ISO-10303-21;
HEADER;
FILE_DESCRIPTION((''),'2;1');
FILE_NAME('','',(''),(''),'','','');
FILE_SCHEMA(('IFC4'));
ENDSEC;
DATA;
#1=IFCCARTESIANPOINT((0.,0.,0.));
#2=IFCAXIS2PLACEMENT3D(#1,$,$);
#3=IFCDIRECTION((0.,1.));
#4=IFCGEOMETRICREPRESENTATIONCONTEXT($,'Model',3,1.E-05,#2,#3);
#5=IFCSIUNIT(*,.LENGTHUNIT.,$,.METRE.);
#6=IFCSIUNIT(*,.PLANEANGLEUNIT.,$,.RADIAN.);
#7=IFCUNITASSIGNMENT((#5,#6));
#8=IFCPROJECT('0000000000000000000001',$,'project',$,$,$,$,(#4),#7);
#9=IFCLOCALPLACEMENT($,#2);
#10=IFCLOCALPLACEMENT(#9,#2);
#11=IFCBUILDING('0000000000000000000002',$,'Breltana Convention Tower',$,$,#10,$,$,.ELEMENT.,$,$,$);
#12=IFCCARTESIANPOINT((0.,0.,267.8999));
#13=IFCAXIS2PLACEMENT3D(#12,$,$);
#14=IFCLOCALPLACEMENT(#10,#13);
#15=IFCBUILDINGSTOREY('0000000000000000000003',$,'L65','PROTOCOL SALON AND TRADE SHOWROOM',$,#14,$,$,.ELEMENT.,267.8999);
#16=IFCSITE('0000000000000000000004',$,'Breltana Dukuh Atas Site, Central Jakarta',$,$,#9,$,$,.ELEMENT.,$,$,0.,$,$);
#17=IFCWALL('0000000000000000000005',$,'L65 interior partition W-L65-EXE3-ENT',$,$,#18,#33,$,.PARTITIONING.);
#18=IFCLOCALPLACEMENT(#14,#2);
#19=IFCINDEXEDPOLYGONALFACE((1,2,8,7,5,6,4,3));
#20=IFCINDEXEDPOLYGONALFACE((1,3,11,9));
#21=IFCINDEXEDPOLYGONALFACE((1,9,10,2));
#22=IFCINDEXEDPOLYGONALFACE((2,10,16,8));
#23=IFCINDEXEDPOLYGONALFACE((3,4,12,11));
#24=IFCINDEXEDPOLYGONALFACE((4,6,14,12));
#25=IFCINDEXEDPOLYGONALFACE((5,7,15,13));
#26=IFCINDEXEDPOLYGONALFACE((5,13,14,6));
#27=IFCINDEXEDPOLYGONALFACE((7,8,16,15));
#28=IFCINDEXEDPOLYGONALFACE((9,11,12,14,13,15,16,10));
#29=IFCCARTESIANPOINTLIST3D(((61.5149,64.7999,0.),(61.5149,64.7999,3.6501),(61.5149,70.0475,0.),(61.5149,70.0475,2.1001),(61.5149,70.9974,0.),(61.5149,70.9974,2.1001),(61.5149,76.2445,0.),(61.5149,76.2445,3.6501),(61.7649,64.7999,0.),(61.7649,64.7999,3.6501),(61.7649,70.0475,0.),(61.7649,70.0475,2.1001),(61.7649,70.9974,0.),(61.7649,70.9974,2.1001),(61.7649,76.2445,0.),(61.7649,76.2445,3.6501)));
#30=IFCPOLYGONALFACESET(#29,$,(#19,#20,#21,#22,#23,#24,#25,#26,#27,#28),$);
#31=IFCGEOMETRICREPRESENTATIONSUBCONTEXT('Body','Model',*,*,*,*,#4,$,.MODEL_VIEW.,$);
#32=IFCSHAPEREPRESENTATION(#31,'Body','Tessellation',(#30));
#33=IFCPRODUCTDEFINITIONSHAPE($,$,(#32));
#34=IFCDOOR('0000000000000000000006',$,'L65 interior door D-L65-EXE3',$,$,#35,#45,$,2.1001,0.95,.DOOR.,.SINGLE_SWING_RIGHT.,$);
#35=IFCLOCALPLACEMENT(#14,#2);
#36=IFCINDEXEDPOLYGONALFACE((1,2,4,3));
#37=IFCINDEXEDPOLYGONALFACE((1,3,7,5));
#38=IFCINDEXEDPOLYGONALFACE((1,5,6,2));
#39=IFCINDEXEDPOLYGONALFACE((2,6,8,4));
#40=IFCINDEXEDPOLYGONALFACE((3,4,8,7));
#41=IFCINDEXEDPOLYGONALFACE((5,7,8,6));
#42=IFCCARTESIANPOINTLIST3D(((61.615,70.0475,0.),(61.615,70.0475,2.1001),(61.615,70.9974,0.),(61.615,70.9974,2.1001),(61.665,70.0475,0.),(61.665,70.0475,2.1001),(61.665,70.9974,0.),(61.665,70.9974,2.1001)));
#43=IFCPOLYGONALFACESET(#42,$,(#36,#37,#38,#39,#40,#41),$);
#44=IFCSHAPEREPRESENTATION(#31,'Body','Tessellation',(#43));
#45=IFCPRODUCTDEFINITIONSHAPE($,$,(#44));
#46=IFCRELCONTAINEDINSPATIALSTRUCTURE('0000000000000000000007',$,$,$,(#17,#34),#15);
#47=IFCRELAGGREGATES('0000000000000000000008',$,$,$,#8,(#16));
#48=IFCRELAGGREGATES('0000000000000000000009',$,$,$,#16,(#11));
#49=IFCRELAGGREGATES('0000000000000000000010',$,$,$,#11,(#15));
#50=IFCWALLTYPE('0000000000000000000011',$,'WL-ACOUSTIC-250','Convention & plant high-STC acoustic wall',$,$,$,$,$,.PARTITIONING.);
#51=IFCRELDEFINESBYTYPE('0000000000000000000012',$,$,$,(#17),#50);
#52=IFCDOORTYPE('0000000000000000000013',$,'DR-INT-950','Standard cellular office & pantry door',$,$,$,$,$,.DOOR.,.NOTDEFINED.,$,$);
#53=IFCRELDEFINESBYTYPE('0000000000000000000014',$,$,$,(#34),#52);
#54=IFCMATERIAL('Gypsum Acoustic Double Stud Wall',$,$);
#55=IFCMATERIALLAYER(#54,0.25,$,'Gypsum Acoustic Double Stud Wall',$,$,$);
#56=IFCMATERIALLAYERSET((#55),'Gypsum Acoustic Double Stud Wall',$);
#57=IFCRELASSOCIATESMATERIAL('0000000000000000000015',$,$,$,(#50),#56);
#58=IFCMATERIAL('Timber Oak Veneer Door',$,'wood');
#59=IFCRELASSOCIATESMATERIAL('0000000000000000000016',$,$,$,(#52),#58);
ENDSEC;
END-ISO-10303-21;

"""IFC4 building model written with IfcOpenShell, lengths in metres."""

from ifc_helpers import new_model, si_unit, direction, frame, frame_2d, origin, place, context, subcontext, project, spatial, rectangle, extrude, source, transform, mapped, material, layer, layer_set, type_object, type_shapes, element, fill, save


model = new_model("IFC4")

# Units and contexts
model_context = context("Model", 3, precision=1e-05, world=origin(), true_north=direction((0.0, 1.0)))
body_context = subcontext(model_context, "Body", "Model", "MODEL_VIEW")
ifc_project = project(units=[si_unit("LENGTHUNIT", "METRE"), si_unit("PLANEANGLEUNIT", "RADIAN")], contexts=[model_context])

# Site, building, storey
site_placement = place(None, origin())
site = spatial("IfcSite", under=ifc_project, at=site_placement, Name="Breltana Dukuh Atas Site, Central Jakarta", CompositionType="ELEMENT", RefElevation=0.0)
building_placement = place(site_placement, origin())
building = spatial("IfcBuilding", under=site, at=building_placement, Name="Breltana Convention Tower", CompositionType="ELEMENT")
storey_placement = place(building_placement, frame((0.0, 0.0, 267.8999)))
storey = spatial("IfcBuildingStorey", under=building, at=storey_placement, Name="L65", Description="PROTOCOL SALON AND TRADE SHOWROOM", CompositionType="ELEMENT", Elevation=267.8999)

# Shared definitions
ifc_material_1 = material(Name="Gypsum Acoustic Double Stud Wall")
ifc_layer_1 = layer(ifc_material_1, 0.25, Name="Gypsum Acoustic Double Stud Wall")
ifc_layer_set_1 = layer_set([ifc_layer_1], Name="Gypsum Acoustic Double Stud Wall")
wall_type_1 = type_object("IfcWallType", Name="WL-ACOUSTIC-250", Description="Convention & plant high-STC acoustic wall", PredefinedType="PARTITIONING", material=ifc_layer_set_1)

# Wall, opening, door
ifc_material_2 = material(Name="Timber Oak Veneer Door", Category="wood")
door_type = type_object("IfcDoorType", Name="DR-INT-950", Description="Standard cellular office & pantry door", OperationType="NOTDEFINED", PredefinedType="DOOR", material=ifc_material_2)
shared_shape_1 = source(origin(), body_context, "Body", "SweptSolid", [
    extrude(rectangle(XDim=0.95, YDim=2.1001, at=frame_2d((0.4751, 1.05))), frame((0.0, 0.0249, 0.0), z_axis=(0.0, -1.0, 0.0), x_axis=(1.0, 0.0, 0.0)), (0.0, 0.0, 1.0), 0.05),
])
type_shapes(door_type, [shared_shape_1])
shared_shape_2 = source(origin(), body_context, "Body", "SweptSolid", [
    extrude(rectangle(XDim=11.4446, YDim=0.25, at=frame_2d((5.7222, 0.0))), origin(), (0.0, 0.0, 1.0), 3.6501),
])
wall_1_placement = place(storey_placement, frame((61.6399, 64.8, 0.0), z_axis=(0.0, 0.0, 1.0), x_axis=(0.0, 1.0, 0.0)))
wall_1 = element("IfcWall", 1, at=wall_1_placement, inside=storey, type_object=wall_type_1, Name="L65 interior partition W-L65-EXE3-ENT", PredefinedType="PARTITIONING", context=body_context, shape_type="MappedRepresentation", body=[
    mapped(shared_shape_2, transform((0.0, 0.0, 0.0), scale=1.0)),
])
opening_1_placement = place(wall_1_placement, frame((5.2473, 0.0, 0.0)))
opening_1 = element("IfcOpeningElement", 2, at=opening_1_placement, cuts=wall_1, PredefinedType="OPENING", context=body_context, shape_type="SweptSolid", body=[
    extrude(rectangle(XDim=0.95, YDim=2.1001, at=frame_2d((0.4751, 1.05))), frame((0.0, 0.135, 0.0), z_axis=(0.0, -1.0, 0.0), x_axis=(1.0, 0.0, 0.0)), (0.0, 0.0, 1.0), 0.27),
])
door_1_placement = place(opening_1_placement, origin())
door_1 = element("IfcDoor", 3, at=door_1_placement, inside=storey, type_object=door_type, Name="L65 interior door D-L65-EXE3", OperationType="SINGLE_SWING_RIGHT", OverallHeight=2.1001, OverallWidth=0.95, PredefinedType="DOOR", context=body_context, shape_type="MappedRepresentation", body=[
    mapped(shared_shape_1, transform((0.0, 0.0, 0.0), scale=1.0)),
])
fill(opening_1, door_1)

save(model, "model.ifc")
